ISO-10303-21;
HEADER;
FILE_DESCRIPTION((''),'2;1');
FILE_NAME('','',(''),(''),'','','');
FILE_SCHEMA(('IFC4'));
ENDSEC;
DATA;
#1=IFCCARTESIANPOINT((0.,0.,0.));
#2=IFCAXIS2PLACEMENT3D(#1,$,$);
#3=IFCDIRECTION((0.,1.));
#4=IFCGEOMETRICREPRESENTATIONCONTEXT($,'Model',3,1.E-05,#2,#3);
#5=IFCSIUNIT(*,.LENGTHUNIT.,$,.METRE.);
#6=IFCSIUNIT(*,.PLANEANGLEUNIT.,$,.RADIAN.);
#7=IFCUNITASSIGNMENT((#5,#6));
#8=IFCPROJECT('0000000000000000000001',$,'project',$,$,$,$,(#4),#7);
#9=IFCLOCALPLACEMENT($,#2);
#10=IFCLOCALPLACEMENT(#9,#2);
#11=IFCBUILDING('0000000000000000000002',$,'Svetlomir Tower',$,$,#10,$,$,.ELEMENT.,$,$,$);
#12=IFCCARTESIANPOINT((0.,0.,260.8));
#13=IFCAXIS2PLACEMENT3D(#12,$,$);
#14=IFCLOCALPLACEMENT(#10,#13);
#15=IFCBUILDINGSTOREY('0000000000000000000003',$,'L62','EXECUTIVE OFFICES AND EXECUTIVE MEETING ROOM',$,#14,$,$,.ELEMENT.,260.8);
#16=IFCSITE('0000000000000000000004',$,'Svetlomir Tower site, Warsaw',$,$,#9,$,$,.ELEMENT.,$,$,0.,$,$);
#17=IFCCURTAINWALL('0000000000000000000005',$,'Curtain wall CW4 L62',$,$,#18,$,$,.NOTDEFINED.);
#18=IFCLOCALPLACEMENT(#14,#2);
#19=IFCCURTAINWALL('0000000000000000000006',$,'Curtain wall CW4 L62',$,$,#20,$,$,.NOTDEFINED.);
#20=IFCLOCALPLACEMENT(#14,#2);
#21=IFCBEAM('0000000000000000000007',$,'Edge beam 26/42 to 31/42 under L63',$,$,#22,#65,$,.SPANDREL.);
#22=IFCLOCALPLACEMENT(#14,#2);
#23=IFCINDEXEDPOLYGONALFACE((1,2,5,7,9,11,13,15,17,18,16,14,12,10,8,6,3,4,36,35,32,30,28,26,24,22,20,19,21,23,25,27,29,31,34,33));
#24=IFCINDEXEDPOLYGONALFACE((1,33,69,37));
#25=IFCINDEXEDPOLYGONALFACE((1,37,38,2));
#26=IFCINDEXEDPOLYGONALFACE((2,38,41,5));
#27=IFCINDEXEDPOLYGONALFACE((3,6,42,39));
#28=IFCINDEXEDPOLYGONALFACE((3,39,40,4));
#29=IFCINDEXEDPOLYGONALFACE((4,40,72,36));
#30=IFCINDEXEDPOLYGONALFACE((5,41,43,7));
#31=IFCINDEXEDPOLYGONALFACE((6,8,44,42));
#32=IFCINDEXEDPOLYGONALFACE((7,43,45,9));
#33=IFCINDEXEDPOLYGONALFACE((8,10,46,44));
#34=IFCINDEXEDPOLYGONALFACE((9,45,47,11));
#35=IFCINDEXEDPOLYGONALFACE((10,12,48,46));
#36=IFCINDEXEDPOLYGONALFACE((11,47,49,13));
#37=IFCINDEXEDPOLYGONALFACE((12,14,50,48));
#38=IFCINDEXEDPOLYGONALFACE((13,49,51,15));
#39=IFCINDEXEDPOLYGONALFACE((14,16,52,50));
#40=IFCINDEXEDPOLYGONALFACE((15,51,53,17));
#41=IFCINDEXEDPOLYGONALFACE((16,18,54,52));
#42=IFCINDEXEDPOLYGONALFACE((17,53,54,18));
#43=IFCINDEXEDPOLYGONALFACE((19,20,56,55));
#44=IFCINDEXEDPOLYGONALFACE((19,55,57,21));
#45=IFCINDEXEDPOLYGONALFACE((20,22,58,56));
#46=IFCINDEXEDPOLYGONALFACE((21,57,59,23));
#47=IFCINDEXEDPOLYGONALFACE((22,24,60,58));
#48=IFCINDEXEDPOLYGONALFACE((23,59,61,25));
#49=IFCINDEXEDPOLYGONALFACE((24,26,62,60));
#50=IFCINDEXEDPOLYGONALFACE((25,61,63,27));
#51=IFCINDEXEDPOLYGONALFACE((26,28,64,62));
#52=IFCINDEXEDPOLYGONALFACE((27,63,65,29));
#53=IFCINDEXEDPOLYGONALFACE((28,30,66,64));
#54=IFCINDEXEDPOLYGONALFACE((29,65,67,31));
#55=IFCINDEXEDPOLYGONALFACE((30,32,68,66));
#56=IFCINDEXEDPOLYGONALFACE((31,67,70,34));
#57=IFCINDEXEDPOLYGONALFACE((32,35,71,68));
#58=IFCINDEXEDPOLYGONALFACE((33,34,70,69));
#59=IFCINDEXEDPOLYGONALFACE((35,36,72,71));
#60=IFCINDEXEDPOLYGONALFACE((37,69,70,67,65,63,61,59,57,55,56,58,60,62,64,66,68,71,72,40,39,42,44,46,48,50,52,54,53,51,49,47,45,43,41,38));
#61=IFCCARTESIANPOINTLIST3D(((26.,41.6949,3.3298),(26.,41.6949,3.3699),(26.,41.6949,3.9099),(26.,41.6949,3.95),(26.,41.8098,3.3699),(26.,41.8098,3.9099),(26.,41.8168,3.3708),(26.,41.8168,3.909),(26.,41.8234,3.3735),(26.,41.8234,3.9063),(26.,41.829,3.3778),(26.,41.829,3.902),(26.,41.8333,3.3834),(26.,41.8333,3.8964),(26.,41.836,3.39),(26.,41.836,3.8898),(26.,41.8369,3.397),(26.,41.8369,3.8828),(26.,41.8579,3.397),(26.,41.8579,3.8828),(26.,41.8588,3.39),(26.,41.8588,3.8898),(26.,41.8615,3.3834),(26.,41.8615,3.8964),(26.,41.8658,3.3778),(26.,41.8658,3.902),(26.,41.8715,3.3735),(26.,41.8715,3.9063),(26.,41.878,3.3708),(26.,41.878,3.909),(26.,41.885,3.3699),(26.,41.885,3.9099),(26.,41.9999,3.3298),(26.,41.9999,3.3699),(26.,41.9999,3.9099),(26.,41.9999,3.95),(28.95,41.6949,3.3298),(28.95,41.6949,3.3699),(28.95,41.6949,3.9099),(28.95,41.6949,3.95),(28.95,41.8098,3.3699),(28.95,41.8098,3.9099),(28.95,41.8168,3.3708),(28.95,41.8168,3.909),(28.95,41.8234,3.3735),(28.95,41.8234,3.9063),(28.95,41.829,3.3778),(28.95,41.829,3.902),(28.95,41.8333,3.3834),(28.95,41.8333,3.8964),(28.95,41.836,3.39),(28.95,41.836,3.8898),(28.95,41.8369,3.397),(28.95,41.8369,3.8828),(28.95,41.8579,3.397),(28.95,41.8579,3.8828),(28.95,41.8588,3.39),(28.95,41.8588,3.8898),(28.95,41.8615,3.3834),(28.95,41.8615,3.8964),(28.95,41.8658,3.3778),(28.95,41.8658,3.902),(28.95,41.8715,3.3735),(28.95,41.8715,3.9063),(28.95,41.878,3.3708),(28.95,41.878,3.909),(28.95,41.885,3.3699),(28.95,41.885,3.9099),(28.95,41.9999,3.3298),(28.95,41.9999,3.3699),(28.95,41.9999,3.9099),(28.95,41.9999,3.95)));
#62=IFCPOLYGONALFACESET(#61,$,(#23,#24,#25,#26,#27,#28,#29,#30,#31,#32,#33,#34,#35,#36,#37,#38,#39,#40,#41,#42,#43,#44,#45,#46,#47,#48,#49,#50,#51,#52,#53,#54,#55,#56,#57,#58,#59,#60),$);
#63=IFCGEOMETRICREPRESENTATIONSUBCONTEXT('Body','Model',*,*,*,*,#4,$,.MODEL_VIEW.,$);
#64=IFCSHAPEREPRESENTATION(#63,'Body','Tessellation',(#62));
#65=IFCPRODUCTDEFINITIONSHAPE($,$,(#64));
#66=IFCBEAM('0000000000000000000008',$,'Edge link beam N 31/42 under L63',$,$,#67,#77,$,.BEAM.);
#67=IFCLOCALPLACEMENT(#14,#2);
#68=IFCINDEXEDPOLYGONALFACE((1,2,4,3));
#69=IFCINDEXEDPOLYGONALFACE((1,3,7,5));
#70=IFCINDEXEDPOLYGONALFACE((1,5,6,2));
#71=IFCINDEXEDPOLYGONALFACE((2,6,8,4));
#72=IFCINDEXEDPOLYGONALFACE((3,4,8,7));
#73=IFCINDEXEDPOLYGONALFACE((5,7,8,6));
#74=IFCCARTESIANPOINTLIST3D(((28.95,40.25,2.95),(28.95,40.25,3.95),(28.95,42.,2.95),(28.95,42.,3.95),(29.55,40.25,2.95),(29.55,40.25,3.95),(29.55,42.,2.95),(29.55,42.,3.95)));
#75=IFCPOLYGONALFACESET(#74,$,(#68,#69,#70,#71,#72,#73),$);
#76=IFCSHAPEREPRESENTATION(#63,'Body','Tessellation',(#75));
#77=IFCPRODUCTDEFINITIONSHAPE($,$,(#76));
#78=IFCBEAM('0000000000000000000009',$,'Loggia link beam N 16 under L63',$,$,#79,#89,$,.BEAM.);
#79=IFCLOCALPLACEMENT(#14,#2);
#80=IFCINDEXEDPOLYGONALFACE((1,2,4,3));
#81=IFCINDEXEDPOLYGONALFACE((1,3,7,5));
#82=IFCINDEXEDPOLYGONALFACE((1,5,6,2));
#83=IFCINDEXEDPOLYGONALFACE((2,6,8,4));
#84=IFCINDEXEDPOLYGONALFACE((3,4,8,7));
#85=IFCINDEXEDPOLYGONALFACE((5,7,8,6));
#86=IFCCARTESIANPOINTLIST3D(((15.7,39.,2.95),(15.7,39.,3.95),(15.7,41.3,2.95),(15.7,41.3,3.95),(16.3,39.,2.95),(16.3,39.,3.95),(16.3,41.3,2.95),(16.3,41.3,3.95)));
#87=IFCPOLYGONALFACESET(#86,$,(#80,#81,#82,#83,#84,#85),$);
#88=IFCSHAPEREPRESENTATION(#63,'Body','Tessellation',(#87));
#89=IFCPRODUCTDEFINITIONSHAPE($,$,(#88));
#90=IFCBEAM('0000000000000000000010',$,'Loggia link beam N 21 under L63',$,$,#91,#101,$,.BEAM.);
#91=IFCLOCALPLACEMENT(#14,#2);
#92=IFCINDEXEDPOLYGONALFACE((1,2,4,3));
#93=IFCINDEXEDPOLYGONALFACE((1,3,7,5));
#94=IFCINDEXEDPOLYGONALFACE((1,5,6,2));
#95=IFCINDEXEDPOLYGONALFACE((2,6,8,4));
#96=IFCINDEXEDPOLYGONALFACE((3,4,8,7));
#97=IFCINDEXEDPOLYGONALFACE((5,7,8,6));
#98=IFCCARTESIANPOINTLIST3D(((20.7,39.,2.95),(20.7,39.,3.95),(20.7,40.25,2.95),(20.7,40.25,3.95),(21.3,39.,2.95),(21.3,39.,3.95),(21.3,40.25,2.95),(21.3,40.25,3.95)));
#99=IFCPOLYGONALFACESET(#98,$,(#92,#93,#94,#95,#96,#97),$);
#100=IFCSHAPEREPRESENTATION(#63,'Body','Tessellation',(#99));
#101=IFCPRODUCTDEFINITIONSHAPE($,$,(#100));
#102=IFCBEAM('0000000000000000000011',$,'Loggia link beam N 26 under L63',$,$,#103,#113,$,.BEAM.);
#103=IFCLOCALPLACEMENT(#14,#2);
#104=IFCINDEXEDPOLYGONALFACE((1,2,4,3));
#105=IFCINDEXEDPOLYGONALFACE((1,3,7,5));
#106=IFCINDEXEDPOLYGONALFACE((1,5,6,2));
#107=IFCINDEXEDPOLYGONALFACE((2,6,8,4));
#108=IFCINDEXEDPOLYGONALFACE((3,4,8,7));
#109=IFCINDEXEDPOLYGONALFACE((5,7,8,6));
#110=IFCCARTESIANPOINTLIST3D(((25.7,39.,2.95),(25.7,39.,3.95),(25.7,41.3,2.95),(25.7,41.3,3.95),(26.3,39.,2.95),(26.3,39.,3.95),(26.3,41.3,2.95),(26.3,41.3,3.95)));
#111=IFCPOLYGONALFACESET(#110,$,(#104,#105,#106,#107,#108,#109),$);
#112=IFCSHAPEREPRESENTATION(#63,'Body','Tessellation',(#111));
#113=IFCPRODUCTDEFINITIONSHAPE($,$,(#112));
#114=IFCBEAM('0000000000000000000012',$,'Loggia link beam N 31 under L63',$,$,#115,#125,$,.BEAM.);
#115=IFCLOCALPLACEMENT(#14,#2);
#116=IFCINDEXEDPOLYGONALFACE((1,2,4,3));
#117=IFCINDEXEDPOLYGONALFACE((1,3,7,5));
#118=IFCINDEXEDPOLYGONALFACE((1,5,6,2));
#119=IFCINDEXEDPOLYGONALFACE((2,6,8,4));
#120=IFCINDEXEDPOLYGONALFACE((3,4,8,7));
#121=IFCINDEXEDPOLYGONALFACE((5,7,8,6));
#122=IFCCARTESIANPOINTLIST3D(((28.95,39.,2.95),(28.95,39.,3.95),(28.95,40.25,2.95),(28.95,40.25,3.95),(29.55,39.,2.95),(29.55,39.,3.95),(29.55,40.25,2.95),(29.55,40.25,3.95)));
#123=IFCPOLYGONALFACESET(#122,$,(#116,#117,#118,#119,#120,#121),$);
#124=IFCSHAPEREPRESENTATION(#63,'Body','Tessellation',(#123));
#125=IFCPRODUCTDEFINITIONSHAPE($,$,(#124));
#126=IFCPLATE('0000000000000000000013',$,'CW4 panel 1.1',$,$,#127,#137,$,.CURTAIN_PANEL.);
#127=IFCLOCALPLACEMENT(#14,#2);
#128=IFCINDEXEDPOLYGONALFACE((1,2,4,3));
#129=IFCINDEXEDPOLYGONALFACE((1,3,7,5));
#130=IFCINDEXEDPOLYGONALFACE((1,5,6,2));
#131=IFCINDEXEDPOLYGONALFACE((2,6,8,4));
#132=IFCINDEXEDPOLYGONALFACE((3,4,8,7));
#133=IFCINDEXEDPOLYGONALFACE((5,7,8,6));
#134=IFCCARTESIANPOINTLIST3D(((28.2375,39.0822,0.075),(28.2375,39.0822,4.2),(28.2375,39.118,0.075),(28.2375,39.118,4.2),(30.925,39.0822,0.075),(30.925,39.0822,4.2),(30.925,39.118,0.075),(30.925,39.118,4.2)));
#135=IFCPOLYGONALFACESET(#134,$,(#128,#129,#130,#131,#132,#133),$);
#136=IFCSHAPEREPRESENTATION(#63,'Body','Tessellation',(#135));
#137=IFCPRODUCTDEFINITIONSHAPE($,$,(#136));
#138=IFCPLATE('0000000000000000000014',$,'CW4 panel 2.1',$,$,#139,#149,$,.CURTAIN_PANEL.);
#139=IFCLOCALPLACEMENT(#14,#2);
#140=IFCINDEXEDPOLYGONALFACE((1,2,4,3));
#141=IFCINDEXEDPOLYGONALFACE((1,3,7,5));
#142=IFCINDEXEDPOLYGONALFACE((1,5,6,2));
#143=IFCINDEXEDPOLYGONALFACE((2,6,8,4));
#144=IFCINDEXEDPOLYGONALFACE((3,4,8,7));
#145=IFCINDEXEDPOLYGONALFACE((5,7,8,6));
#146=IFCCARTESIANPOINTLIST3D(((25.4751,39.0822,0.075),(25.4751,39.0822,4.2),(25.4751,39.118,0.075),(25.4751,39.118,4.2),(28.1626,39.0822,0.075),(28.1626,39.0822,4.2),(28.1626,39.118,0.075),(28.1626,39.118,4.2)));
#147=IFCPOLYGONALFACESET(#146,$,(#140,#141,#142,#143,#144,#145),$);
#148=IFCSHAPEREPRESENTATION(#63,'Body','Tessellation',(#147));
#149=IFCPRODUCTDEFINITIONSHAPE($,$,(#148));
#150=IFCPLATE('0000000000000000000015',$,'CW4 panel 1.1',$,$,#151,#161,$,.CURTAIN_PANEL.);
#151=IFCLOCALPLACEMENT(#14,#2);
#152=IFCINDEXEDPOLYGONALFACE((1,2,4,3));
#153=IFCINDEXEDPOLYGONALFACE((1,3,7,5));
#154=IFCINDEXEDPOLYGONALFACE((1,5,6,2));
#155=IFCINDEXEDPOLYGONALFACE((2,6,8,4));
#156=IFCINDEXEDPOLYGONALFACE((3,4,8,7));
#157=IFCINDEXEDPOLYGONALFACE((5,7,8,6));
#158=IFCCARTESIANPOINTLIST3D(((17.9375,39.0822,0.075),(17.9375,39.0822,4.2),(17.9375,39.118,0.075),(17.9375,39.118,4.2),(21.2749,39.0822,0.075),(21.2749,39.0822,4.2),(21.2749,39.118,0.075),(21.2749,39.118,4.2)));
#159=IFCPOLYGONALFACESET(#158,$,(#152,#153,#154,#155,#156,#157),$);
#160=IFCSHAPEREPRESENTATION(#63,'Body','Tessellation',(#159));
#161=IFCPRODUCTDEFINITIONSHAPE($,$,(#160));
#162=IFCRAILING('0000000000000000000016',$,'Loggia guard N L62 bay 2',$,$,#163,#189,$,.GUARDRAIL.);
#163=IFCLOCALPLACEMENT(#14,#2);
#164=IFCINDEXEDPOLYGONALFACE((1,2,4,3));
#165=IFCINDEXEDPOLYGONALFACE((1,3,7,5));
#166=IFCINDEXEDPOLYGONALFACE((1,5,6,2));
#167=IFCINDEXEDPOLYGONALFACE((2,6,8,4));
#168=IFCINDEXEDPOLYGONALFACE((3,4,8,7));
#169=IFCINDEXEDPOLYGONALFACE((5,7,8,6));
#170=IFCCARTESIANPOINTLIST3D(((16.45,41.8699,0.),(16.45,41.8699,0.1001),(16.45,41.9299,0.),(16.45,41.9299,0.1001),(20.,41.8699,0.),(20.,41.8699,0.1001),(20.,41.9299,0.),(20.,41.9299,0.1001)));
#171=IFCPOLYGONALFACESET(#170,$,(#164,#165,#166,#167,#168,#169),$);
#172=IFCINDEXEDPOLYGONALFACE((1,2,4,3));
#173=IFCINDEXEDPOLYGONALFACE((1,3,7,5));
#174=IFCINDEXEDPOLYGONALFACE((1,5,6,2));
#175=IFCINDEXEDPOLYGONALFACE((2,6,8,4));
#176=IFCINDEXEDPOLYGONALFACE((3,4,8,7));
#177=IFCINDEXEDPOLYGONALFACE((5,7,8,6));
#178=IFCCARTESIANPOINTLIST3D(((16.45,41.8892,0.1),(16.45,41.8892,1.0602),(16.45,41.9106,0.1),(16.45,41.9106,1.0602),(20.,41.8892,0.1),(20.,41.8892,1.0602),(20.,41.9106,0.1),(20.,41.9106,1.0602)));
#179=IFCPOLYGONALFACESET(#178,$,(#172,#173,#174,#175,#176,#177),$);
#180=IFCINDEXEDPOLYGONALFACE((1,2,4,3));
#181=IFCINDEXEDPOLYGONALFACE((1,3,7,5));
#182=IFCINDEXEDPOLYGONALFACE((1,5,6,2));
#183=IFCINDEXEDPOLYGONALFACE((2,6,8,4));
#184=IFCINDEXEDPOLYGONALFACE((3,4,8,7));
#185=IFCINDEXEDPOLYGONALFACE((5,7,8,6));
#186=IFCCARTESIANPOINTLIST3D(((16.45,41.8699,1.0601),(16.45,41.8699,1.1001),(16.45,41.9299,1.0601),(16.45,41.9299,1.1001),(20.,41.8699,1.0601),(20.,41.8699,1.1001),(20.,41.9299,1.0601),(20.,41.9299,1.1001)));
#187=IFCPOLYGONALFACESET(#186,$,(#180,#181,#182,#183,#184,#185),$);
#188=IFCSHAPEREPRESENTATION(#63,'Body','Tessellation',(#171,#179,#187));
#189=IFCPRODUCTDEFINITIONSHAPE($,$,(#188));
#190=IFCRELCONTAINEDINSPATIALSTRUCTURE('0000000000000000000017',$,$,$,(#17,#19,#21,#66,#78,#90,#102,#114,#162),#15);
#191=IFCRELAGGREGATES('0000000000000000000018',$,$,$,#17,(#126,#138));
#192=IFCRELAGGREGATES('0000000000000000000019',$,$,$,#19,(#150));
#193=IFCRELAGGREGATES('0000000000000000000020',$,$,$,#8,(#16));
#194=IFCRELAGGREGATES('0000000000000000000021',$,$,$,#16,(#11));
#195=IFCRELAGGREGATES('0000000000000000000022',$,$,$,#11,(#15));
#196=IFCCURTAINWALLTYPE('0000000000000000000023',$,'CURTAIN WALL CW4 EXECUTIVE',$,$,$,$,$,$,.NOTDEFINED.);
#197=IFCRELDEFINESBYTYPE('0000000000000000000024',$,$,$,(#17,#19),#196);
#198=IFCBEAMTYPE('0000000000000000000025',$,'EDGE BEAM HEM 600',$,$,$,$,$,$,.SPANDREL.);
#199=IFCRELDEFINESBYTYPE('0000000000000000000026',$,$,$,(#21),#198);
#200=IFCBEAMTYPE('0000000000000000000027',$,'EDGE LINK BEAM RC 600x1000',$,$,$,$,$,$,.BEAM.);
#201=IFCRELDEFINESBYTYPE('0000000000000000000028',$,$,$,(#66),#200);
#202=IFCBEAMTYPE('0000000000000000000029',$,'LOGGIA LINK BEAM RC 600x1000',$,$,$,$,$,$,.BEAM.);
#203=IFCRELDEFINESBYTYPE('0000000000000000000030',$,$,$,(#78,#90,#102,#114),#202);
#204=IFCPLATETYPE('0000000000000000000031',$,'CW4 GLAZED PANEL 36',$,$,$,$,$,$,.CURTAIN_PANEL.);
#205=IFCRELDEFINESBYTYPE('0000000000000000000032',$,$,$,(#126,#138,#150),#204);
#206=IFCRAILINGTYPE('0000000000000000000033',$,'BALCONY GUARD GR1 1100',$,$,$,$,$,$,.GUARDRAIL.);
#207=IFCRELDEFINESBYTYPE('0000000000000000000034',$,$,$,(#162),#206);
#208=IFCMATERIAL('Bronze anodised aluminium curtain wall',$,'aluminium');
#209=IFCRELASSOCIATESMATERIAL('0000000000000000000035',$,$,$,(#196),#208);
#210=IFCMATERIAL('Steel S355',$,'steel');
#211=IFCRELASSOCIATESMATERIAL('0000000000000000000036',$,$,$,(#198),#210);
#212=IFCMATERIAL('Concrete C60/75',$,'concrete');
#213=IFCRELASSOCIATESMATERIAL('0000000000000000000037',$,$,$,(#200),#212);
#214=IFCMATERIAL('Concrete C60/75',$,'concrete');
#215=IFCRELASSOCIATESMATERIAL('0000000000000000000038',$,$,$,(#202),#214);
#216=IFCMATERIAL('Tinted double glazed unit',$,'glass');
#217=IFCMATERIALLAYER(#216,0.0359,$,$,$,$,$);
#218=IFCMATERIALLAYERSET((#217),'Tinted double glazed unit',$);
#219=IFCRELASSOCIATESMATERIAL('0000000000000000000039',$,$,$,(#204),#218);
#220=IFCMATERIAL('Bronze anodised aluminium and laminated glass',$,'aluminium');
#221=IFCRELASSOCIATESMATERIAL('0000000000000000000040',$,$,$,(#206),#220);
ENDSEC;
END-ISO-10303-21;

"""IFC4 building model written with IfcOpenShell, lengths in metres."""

from ifc_helpers import new_model, si_unit, direction, frame, origin, origin_2d, place, context, subcontext, project, spatial, rectangle, i_section, extrude, material, layer, layer_set, material_profile, profile_set, type_object, element, aggregate, save


model = new_model("IFC4")

# Units and contexts
model_context = context("Model", 3, precision=1e-05, world=origin(), true_north=direction((0.0, 1.0)))
body_context = subcontext(model_context, "Body", "Model", "MODEL_VIEW")
ifc_project = project(units=[si_unit("LENGTHUNIT", "METRE"), si_unit("PLANEANGLEUNIT", "RADIAN")], contexts=[model_context])

# Site, building, storey
site_placement = place(None, origin())
site = spatial("IfcSite", under=ifc_project, at=site_placement, Name="Svetlomir Tower site, Warsaw", CompositionType="ELEMENT", RefElevation=0.0)
building_placement = place(site_placement, origin())
building = spatial("IfcBuilding", under=site, at=building_placement, Name="Svetlomir Tower", CompositionType="ELEMENT")
storey_placement = place(building_placement, frame((0.0, 0.0, 260.8)))
storey = spatial("IfcBuildingStorey", under=building, at=storey_placement, Name="L62", Description="EXECUTIVE OFFICES AND EXECUTIVE MEETING ROOM", CompositionType="ELEMENT", Elevation=260.8)

# Curtain walls
ifc_material_1 = material(Name="Bronze anodised aluminium curtain wall", Category="aluminium")
curtain_wall_type = type_object("IfcCurtainWallType", Name="CURTAIN WALL CW4 EXECUTIVE", PredefinedType="NOTDEFINED", material=ifc_material_1)
curtain_wall_1_placement = place(storey_placement, origin())
curtain_wall_1 = element("IfcCurtainWall", 1, at=curtain_wall_1_placement, inside=storey, type_object=curtain_wall_type, Name="Curtain wall CW4 L62", PredefinedType="NOTDEFINED")
curtain_wall_2_placement = place(storey_placement, origin())
curtain_wall_2 = element("IfcCurtainWall", 2, at=curtain_wall_2_placement, inside=storey, type_object=curtain_wall_type, Name="Curtain wall CW4 L62", PredefinedType="NOTDEFINED")

# Beams
ifc_material_2 = material(Name="Steel S355", Category="steel")
ifc_material_profile_1 = material_profile(ifc_material_2, i_section(OverallWidth=0.3049, OverallDepth=0.6201, WebThickness=0.021, FlangeThickness=0.04, FilletRadius=0.0271, at=origin_2d()), Name="HEM 600")
ifc_profile_set_1 = profile_set([ifc_material_profile_1], Name="Steel S355")
beam_type_1 = type_object("IfcBeamType", Name="EDGE BEAM HEM 600", PredefinedType="SPANDREL", material=ifc_profile_set_1)
beam_1_placement = place(storey_placement, frame((26.0, 41.8474, 3.6399), z_axis=(1.0, 0.0, 0.0), x_axis=(0.0, 1.0, 0.0)))
element("IfcBeam", 3, at=beam_1_placement, inside=storey, type_object=beam_type_1, Name="Edge beam 26/42 to 31/42 under L63", PredefinedType="SPANDREL", context=body_context, shape_type="SweptSolid", body=[
    extrude(i_section(OverallWidth=0.3049, OverallDepth=0.6201, WebThickness=0.021, FlangeThickness=0.04, FilletRadius=0.0271, at=origin_2d()), origin(), (0.0, 0.0, 1.0), 2.95),
])
ifc_material_3 = material(Name="Concrete C60/75", Category="concrete")
ifc_material_profile_2 = material_profile(ifc_material_3, rectangle(XDim=0.6001, YDim=1.0, at=origin_2d()), Name="RC 600x1000")
ifc_profile_set_2 = profile_set([ifc_material_profile_2], Name="Concrete C60/75")
beam_type_2 = type_object("IfcBeamType", Name="EDGE LINK BEAM RC 600x1000", PredefinedType="BEAM", material=ifc_profile_set_2)
beam_2_placement = place(storey_placement, frame((29.25, 40.25, 3.45), z_axis=(0.0, 1.0, 0.0), x_axis=(-1.0, 0.0, 0.0)))
element("IfcBeam", 4, at=beam_2_placement, inside=storey, type_object=beam_type_2, Name="Edge link beam N 31/42 under L63", PredefinedType="BEAM", context=body_context, shape_type="SweptSolid", body=[
    extrude(rectangle(XDim=0.6001, YDim=1.0, at=origin_2d()), origin(), (0.0, 0.0, 1.0), 1.75),
])
ifc_material_4 = material(Name="Concrete C60/75", Category="concrete")
ifc_material_profile_3 = material_profile(ifc_material_4, rectangle(XDim=0.6001, YDim=1.0, at=origin_2d()), Name="RC 600x1000")
ifc_profile_set_3 = profile_set([ifc_material_profile_3], Name="Concrete C60/75")
beam_type_3 = type_object("IfcBeamType", Name="LOGGIA LINK BEAM RC 600x1000", PredefinedType="BEAM", material=ifc_profile_set_3)
beam_3_placement = place(storey_placement, frame((16.0, 41.3, 3.45), z_axis=(0.0, -1.0, 0.0), x_axis=(1.0, 0.0, 0.0)))
element("IfcBeam", 5, at=beam_3_placement, inside=storey, type_object=beam_type_3, Name="Loggia link beam N 16 under L63", PredefinedType="BEAM", context=body_context, shape_type="SweptSolid", body=[
    extrude(rectangle(XDim=0.6001, YDim=1.0, at=origin_2d()), origin(), (0.0, 0.0, 1.0), 2.3),
])
beam_4_placement = place(storey_placement, frame((21.0, 40.25, 3.45), z_axis=(0.0, -1.0, 0.0), x_axis=(1.0, 0.0, 0.0)))
element("IfcBeam", 6, at=beam_4_placement, inside=storey, type_object=beam_type_3, Name="Loggia link beam N 21 under L63", PredefinedType="BEAM", context=body_context, shape_type="SweptSolid", body=[
    extrude(rectangle(XDim=0.6001, YDim=1.0, at=origin_2d()), origin(), (0.0, 0.0, 1.0), 1.25),
])
beam_5_placement = place(storey_placement, frame((26.0, 41.3, 3.45), z_axis=(0.0, -1.0, 0.0), x_axis=(1.0, 0.0, 0.0)))
element("IfcBeam", 7, at=beam_5_placement, inside=storey, type_object=beam_type_3, Name="Loggia link beam N 26 under L63", PredefinedType="BEAM", context=body_context, shape_type="SweptSolid", body=[
    extrude(rectangle(XDim=0.6001, YDim=1.0, at=origin_2d()), origin(), (0.0, 0.0, 1.0), 2.3),
])
beam_6_placement = place(storey_placement, frame((29.25, 40.25, 3.45), z_axis=(0.0, -1.0, 0.0), x_axis=(1.0, 0.0, 0.0)))
element("IfcBeam", 8, at=beam_6_placement, inside=storey, type_object=beam_type_3, Name="Loggia link beam N 31 under L63", PredefinedType="BEAM", context=body_context, shape_type="SweptSolid", body=[
    extrude(rectangle(XDim=0.6001, YDim=1.0, at=origin_2d()), origin(), (0.0, 0.0, 1.0), 1.25),
])

# Plates
ifc_material_5 = material(Name="Tinted double glazed unit", Category="glass")
ifc_layer_1 = layer(ifc_material_5, 0.0359)
ifc_layer_set_1 = layer_set([ifc_layer_1], Name="Tinted double glazed unit")
plate_type = type_object("IfcPlateType", Name="CW4 GLAZED PANEL 36", PredefinedType="CURTAIN_PANEL", material=ifc_layer_set_1)
plate_1_placement = place(storey_placement, frame((29.5813, 39.1001, 0.075), z_axis=(0.0, 0.0, 1.0), x_axis=(-1.0, 0.0, 0.0)))
plate_1 = element("IfcPlate", 9, at=plate_1_placement, type_object=plate_type, Name="CW4 panel 1.1", PredefinedType="CURTAIN_PANEL", context=body_context, shape_type="SweptSolid", body=[
    extrude(rectangle(XDim=2.6875, YDim=0.0359, at=origin_2d()), origin(), (0.0, 0.0, 1.0), 4.125),
])
plate_2_placement = place(storey_placement, frame((26.8188, 39.1001, 0.075), z_axis=(0.0, 0.0, 1.0), x_axis=(-1.0, 0.0, 0.0)))
plate_2 = element("IfcPlate", 10, at=plate_2_placement, type_object=plate_type, Name="CW4 panel 2.1", PredefinedType="CURTAIN_PANEL", context=body_context, shape_type="SweptSolid", body=[
    extrude(rectangle(XDim=2.6875, YDim=0.0359, at=origin_2d()), origin(), (0.0, 0.0, 1.0), 4.125),
])
aggregate(curtain_wall_1, [plate_1, plate_2])
plate_3_placement = place(storey_placement, frame((19.6062, 39.1001, 0.075), z_axis=(0.0, 0.0, 1.0), x_axis=(-1.0, 0.0, 0.0)))
plate_3 = element("IfcPlate", 11, at=plate_3_placement, type_object=plate_type, Name="CW4 panel 1.1", PredefinedType="CURTAIN_PANEL", context=body_context, shape_type="SweptSolid", body=[
    extrude(rectangle(XDim=3.3374, YDim=0.0359, at=origin_2d()), origin(), (0.0, 0.0, 1.0), 4.125),
])
aggregate(curtain_wall_2, [plate_3])

# Railing
ifc_material_6 = material(Name="Bronze anodised aluminium and laminated glass", Category="aluminium")
railing_type = type_object("IfcRailingType", Name="BALCONY GUARD GR1 1100", PredefinedType="GUARDRAIL", material=ifc_material_6)
for number, where, name in (
    (12, (16.45, 41.8999, 0.0), "Loggia guard N L62 bay 2"),
):
    element("IfcRailing", number, at=place(storey_placement, frame(where)), inside=storey, type_object=railing_type, Name=name, PredefinedType="GUARDRAIL", context=body_context, shape_type="SweptSolid", body=[
        extrude(rectangle(XDim=0.0601, YDim=0.1001, at=origin_2d()), frame((0.0, 0.0, 0.05), z_axis=(1.0, 0.0, 0.0), x_axis=(0.0, 1.0, 0.0)), (0.0, 0.0, 1.0), 3.55),
        extrude(rectangle(XDim=0.0215, YDim=0.9602, at=origin_2d()), frame((0.0, 0.0, 0.5801), z_axis=(1.0, 0.0, 0.0), x_axis=(0.0, 1.0, 0.0)), (0.0, 0.0, 1.0), 3.55),
        extrude(rectangle(XDim=0.0601, YDim=0.04, at=origin_2d()), frame((0.0, 0.0, 1.0801), z_axis=(1.0, 0.0, 0.0), x_axis=(0.0, 1.0, 0.0)), (0.0, 0.0, 1.0), 3.55),
    ])

save(model, "model.ifc")
